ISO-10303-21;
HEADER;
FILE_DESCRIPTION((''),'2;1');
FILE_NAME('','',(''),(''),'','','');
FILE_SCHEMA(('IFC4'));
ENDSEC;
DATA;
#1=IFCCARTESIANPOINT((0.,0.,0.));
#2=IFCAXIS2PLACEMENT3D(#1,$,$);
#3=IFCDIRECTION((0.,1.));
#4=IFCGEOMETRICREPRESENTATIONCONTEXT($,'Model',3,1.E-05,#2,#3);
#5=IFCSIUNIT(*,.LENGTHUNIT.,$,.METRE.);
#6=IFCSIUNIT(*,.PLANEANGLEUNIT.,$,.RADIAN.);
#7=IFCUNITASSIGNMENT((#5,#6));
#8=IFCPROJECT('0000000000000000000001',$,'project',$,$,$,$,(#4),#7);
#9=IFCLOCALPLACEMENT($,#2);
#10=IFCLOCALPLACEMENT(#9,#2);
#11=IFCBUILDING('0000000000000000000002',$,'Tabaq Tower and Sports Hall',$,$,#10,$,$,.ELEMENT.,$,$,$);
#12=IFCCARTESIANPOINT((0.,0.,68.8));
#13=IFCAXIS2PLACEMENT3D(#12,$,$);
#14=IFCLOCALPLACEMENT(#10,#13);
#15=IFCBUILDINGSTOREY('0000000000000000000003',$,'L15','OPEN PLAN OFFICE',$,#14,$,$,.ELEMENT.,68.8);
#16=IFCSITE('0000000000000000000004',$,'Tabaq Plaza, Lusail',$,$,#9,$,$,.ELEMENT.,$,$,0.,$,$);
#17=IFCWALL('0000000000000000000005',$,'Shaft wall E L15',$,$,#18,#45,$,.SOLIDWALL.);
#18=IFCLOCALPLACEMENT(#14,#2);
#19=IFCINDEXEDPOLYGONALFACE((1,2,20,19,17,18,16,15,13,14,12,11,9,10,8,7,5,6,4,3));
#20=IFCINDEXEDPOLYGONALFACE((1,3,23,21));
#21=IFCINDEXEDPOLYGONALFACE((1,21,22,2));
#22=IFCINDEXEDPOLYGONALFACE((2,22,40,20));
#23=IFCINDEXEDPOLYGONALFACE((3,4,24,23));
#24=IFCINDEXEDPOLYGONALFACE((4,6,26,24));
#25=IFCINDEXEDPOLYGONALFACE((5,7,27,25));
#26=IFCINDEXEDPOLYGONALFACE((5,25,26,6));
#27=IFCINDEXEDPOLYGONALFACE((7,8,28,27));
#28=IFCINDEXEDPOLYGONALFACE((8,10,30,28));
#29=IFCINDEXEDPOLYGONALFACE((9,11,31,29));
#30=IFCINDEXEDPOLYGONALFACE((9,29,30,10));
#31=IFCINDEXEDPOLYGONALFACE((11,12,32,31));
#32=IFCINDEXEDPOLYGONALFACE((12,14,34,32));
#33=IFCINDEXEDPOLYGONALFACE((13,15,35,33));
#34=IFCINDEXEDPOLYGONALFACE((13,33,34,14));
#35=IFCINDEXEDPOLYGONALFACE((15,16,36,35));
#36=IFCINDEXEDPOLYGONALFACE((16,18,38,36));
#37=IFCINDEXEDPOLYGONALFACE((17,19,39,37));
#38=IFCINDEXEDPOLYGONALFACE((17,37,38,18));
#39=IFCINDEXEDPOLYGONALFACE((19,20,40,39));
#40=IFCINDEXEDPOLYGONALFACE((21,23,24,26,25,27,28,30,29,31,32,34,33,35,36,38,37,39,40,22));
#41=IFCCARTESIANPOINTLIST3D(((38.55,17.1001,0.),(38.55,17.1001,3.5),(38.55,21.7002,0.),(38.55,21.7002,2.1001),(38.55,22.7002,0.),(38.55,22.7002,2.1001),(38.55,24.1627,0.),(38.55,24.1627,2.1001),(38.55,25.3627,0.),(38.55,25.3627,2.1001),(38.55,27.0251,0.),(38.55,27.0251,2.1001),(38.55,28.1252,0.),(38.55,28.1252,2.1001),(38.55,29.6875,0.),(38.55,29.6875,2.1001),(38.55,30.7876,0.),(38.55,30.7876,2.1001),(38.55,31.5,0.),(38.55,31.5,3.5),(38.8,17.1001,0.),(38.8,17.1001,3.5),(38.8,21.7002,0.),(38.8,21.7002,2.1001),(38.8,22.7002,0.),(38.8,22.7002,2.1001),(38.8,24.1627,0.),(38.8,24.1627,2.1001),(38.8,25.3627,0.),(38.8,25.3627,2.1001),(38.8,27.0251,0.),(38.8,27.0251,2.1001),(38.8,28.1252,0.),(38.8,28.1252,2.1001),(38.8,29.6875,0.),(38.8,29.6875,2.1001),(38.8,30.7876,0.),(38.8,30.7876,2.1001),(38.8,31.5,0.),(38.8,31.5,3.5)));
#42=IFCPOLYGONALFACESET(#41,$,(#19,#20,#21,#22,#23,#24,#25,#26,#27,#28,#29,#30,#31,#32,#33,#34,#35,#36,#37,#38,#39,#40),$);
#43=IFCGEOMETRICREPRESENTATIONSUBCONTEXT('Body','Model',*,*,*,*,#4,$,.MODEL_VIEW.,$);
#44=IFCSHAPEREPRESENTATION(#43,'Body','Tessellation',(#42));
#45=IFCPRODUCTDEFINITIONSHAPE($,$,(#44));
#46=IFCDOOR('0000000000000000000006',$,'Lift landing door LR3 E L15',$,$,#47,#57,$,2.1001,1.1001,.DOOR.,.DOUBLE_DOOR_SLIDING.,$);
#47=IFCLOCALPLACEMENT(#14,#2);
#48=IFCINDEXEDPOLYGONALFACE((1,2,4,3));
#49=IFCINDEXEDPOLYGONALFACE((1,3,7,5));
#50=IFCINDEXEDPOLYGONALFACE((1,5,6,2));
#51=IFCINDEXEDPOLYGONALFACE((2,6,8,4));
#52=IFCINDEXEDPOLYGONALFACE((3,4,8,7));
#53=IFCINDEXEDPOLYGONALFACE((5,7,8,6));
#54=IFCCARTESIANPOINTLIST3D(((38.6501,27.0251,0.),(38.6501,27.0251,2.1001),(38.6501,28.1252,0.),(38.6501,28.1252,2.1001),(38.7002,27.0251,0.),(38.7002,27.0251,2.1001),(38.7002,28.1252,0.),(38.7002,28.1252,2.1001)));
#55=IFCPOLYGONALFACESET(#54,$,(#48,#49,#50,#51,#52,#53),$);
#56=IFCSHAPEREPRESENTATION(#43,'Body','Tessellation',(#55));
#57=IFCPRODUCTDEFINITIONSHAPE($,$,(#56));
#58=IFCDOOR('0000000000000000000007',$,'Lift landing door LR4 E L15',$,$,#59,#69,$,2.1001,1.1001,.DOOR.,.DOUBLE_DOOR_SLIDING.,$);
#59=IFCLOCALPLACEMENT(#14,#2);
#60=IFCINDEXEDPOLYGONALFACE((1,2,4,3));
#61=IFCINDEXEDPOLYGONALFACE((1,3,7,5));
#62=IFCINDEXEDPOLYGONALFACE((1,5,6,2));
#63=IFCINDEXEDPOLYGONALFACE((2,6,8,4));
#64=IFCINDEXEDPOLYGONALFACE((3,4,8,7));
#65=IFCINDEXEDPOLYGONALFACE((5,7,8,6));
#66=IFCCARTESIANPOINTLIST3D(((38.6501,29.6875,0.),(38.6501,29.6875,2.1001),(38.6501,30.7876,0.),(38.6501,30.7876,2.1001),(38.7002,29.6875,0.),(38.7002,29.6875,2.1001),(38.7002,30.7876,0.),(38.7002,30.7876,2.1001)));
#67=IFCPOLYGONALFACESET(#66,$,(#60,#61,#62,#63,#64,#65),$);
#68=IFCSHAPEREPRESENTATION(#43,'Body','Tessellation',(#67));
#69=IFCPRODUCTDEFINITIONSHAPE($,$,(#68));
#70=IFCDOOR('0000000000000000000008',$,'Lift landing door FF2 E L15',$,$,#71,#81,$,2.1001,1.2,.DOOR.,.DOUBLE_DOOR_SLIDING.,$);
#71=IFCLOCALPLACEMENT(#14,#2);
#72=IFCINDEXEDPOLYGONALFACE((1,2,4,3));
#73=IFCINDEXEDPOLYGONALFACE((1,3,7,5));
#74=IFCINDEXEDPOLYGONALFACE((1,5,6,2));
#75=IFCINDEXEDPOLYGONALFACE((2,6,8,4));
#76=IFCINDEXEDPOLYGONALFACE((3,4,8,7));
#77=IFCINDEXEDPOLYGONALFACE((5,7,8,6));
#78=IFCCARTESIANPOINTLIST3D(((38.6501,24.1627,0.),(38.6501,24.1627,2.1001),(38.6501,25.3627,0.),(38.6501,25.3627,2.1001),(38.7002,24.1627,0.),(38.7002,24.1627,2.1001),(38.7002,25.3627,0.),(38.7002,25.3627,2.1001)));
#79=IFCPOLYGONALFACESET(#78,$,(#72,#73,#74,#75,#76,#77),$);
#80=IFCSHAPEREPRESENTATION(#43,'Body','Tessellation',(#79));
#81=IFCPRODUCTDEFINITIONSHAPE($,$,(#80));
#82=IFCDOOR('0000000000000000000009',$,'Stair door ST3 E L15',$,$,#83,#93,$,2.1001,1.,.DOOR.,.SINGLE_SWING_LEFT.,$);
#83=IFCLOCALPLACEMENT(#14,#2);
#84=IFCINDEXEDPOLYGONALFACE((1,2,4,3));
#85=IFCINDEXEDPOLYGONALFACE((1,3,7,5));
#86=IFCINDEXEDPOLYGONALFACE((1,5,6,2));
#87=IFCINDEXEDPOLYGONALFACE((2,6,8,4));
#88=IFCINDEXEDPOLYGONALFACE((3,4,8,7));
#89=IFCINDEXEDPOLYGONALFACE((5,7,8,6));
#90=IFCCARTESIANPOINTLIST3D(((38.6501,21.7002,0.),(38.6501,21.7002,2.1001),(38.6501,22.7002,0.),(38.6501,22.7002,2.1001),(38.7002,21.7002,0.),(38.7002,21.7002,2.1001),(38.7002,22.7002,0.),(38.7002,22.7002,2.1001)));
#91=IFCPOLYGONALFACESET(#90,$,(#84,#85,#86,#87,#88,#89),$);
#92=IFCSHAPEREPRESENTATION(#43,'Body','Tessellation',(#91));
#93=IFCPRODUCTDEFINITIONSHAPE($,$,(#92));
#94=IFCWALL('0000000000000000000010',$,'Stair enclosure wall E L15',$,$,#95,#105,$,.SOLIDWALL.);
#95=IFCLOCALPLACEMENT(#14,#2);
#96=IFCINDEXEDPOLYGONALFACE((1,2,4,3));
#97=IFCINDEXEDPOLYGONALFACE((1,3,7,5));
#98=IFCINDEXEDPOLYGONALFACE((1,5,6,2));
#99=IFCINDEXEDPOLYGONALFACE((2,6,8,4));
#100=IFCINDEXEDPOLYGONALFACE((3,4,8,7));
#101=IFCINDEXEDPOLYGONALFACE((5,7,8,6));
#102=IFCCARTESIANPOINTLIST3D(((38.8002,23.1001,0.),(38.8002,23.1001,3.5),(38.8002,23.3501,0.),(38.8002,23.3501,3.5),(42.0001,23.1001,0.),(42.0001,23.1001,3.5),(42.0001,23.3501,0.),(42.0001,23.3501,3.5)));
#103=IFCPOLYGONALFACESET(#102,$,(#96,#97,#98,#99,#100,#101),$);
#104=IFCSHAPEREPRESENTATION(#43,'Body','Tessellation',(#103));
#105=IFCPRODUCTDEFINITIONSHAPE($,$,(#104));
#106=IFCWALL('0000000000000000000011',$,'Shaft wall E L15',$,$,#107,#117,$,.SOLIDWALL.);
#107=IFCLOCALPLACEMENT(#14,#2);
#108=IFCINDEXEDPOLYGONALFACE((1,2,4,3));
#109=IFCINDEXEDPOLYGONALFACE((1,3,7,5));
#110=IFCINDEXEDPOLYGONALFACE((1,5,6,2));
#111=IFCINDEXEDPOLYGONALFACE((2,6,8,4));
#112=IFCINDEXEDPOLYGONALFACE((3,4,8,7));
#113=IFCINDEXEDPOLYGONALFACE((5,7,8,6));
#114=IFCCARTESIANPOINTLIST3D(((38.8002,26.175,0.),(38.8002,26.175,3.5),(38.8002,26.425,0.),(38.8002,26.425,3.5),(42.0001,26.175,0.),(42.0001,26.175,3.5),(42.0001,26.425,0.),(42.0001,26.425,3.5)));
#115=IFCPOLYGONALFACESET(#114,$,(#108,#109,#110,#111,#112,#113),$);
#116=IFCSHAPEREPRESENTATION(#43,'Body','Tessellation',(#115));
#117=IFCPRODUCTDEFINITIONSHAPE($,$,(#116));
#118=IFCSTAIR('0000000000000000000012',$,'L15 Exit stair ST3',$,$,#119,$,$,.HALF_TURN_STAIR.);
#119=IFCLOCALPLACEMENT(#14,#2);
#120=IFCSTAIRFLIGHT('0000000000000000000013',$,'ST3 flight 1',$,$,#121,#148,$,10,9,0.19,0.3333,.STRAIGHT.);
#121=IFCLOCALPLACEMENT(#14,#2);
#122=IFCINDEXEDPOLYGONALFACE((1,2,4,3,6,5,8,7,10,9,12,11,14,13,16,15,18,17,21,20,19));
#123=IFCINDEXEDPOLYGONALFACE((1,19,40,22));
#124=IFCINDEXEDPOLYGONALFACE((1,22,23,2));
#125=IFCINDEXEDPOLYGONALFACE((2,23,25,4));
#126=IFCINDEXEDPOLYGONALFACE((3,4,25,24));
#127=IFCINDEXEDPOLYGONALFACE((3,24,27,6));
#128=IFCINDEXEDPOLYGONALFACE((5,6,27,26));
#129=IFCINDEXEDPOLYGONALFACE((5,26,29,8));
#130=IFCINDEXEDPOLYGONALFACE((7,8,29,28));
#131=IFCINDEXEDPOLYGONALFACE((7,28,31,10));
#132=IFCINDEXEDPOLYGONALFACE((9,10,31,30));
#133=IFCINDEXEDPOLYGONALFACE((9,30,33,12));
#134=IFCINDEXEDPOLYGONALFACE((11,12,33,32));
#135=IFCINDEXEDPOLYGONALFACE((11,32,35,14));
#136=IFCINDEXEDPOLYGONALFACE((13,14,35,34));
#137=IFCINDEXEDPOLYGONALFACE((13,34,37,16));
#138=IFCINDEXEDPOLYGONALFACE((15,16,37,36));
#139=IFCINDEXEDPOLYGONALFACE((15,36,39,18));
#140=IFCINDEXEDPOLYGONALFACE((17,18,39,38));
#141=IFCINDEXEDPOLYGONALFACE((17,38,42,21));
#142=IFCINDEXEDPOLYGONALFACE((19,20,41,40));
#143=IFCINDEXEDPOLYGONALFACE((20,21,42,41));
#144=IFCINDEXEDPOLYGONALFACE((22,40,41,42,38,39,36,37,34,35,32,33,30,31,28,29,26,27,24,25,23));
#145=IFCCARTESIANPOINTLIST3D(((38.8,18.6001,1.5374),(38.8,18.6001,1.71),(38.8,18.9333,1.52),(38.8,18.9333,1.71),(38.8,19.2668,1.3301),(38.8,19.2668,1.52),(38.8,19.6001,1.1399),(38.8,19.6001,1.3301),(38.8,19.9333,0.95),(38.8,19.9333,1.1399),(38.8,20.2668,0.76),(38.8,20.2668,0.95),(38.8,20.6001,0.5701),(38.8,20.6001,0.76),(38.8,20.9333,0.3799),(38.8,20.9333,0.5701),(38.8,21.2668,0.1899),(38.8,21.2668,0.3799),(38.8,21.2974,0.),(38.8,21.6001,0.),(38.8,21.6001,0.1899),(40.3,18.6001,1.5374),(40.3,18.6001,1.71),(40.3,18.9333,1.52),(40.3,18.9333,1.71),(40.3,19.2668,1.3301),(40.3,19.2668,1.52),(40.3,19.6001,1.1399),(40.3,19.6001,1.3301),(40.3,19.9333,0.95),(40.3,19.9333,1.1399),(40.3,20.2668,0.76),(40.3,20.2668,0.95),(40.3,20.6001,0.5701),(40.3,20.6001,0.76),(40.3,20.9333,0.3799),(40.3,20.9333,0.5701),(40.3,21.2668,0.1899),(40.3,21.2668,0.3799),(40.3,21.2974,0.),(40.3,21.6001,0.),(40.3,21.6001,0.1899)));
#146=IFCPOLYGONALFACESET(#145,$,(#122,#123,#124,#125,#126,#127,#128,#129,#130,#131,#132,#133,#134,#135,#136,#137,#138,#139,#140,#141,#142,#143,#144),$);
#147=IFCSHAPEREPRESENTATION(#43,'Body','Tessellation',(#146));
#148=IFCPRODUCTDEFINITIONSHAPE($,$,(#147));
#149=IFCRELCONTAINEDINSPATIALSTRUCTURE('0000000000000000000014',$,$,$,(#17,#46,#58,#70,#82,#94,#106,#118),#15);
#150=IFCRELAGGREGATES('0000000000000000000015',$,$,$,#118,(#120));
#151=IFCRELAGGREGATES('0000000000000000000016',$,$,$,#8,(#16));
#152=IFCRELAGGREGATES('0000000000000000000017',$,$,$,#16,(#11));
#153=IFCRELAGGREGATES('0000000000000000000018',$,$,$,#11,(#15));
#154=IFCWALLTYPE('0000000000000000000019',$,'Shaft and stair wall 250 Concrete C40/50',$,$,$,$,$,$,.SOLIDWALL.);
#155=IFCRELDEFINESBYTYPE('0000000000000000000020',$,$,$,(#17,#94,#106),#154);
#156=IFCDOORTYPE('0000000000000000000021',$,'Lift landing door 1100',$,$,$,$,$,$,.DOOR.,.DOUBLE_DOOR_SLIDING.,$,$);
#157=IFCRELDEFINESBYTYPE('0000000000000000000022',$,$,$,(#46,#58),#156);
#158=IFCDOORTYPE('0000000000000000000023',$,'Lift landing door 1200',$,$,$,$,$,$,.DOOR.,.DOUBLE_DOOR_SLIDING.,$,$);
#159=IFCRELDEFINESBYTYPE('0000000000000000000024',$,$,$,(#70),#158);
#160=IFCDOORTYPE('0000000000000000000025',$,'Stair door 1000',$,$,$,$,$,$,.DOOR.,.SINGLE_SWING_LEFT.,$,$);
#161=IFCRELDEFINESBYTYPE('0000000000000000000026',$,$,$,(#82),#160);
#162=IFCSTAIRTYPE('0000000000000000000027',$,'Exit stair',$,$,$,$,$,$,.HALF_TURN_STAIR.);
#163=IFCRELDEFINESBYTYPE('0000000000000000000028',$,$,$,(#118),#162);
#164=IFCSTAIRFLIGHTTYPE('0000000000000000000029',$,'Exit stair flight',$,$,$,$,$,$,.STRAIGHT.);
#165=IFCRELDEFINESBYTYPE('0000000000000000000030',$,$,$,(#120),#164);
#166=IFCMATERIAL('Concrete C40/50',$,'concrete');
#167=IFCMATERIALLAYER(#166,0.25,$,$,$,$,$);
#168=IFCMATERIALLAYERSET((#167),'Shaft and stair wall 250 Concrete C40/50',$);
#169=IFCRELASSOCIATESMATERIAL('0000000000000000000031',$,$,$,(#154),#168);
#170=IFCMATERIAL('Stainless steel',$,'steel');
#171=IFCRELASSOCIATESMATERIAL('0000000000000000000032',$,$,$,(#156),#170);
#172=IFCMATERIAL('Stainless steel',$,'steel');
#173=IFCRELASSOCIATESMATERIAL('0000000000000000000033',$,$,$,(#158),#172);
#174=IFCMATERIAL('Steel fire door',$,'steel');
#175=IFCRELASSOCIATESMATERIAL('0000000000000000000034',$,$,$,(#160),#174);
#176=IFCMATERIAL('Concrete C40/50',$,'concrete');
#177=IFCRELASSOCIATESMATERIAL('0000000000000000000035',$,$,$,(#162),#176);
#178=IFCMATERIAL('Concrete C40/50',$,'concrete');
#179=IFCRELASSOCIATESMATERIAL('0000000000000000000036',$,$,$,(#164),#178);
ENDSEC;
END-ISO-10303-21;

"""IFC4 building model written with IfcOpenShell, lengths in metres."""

from ifc_helpers import new_model, si_unit, direction, frame, frame_2d, origin, place, context, subcontext, project, spatial, polyline, rectangle, outline, extrude, material, layer, layer_set, type_object, element, fill, aggregate, save


model = new_model("IFC4")

# Units and contexts
model_context = context("Model", 3, precision=1e-05, world=origin(), true_north=direction((0.0, 1.0)))
body_context = subcontext(model_context, "Body", "Model", "MODEL_VIEW")
ifc_project = project(units=[si_unit("LENGTHUNIT", "METRE"), si_unit("PLANEANGLEUNIT", "RADIAN")], contexts=[model_context])

# Site, building, storey
site_placement = place(None, origin())
site = spatial("IfcSite", under=ifc_project, at=site_placement, Name="Tabaq Plaza, Lusail", CompositionType="ELEMENT", RefElevation=0.0)
building_placement = place(site_placement, origin())
building = spatial("IfcBuilding", under=site, at=building_placement, Name="Tabaq Tower and Sports Hall", CompositionType="ELEMENT")
storey_placement = place(building_placement, frame((0.0, 0.0, 68.8)))
storey = spatial("IfcBuildingStorey", under=building, at=storey_placement, Name="L15", Description="OPEN PLAN OFFICE", CompositionType="ELEMENT", Elevation=68.8)

# Wall, openings, doors
ifc_material_1 = material(Name="Concrete C40/50", Category="concrete")
ifc_layer_1 = layer(ifc_material_1, 0.25)
ifc_layer_set_1 = layer_set([ifc_layer_1], Name="Shaft and stair wall 250 Concrete C40/50")
wall_type_1 = type_object("IfcWallType", Name="Shaft and stair wall 250 Concrete C40/50", PredefinedType="SOLIDWALL", material=ifc_layer_set_1)
wall_1_placement = place(storey_placement, frame((38.675, 17.1001, 0.0), z_axis=(0.0, 0.0, 1.0), x_axis=(0.0, 1.0, 0.0)))
wall_1 = element("IfcWall", 1, at=wall_1_placement, inside=storey, type_object=wall_type_1, Name="Shaft wall E L15", PredefinedType="SOLIDWALL", context=body_context, shape_type="SweptSolid", body=[
    extrude(rectangle(XDim=14.3999, YDim=0.25, at=frame_2d((7.2, 0.0))), origin(), (0.0, 0.0, 1.0), 3.5),
])
opening_1_placement = place(wall_1_placement, frame((4.6001, 0.0, 0.0)))
opening_1 = element("IfcOpeningElement", 2, at=opening_1_placement, cuts=wall_1, PredefinedType="OPENING", context=body_context, shape_type="SweptSolid", body=[
    extrude(rectangle(XDim=1.0, YDim=2.1001, at=frame_2d((0.5, 1.05))), frame((0.0, 0.125, 0.0), z_axis=(0.0, -1.0, 0.0), x_axis=(1.0, 0.0, 0.0)), (0.0, 0.0, 1.0), 0.25),
])
opening_2_placement = place(wall_1_placement, frame((7.0625, 0.0, 0.0)))
opening_2 = element("IfcOpeningElement", 3, at=opening_2_placement, cuts=wall_1, PredefinedType="OPENING", context=body_context, shape_type="SweptSolid", body=[
    extrude(rectangle(XDim=1.2, YDim=2.1001, at=frame_2d((0.6001, 1.05))), frame((0.0, 0.125, 0.0), z_axis=(0.0, -1.0, 0.0), x_axis=(1.0, 0.0, 0.0)), (0.0, 0.0, 1.0), 0.25),
])
opening_3_placement = place(wall_1_placement, frame((9.925, 0.0, 0.0)))
opening_3 = element("IfcOpeningElement", 4, at=opening_3_placement, cuts=wall_1, PredefinedType="OPENING", context=body_context, shape_type="SweptSolid", body=[
    extrude(rectangle(XDim=1.1001, YDim=2.1001, at=frame_2d((0.55, 1.05))), frame((0.0, 0.125, 0.0), z_axis=(0.0, -1.0, 0.0), x_axis=(1.0, 0.0, 0.0)), (0.0, 0.0, 1.0), 0.25),
])
opening_4_placement = place(wall_1_placement, frame((12.5874, 0.0, 0.0)))
opening_4 = element("IfcOpeningElement", 5, at=opening_4_placement, cuts=wall_1, PredefinedType="OPENING", context=body_context, shape_type="SweptSolid", body=[
    extrude(rectangle(XDim=1.1001, YDim=2.1001, at=frame_2d((0.55, 1.05))), frame((0.0, 0.125, 0.0), z_axis=(0.0, -1.0, 0.0), x_axis=(1.0, 0.0, 0.0)), (0.0, 0.0, 1.0), 0.25),
])
ifc_material_2 = material(Name="Stainless steel", Category="steel")
door_type_1 = type_object("IfcDoorType", Name="Lift landing door 1100", OperationType="DOUBLE_DOOR_SLIDING", PredefinedType="DOOR", material=ifc_material_2)
door_1_placement = place(opening_3_placement, origin())
door_1 = element("IfcDoor", 6, at=door_1_placement, inside=storey, type_object=door_type_1, Name="Lift landing door LR3 E L15", OperationType="DOUBLE_DOOR_SLIDING", OverallHeight=2.1001, OverallWidth=1.1001, PredefinedType="DOOR", context=body_context, shape_type="SweptSolid", body=[
    extrude(rectangle(XDim=1.1001, YDim=2.1001, at=frame_2d((0.55, 1.05))), frame((0.0, 0.0249, 0.0), z_axis=(0.0, -1.0, 0.0), x_axis=(1.0, 0.0, 0.0)), (0.0, 0.0, 1.0), 0.05),
])
fill(opening_3, door_1)
door_2_placement = place(opening_4_placement, origin())
door_2 = element("IfcDoor", 7, at=door_2_placement, inside=storey, type_object=door_type_1, Name="Lift landing door LR4 E L15", OperationType="DOUBLE_DOOR_SLIDING", OverallHeight=2.1001, OverallWidth=1.1001, PredefinedType="DOOR", context=body_context, shape_type="SweptSolid", body=[
    extrude(rectangle(XDim=1.1001, YDim=2.1001, at=frame_2d((0.55, 1.05))), frame((0.0, 0.0249, 0.0), z_axis=(0.0, -1.0, 0.0), x_axis=(1.0, 0.0, 0.0)), (0.0, 0.0, 1.0), 0.05),
])
fill(opening_4, door_2)
ifc_material_3 = material(Name="Stainless steel", Category="steel")
door_type_2 = type_object("IfcDoorType", Name="Lift landing door 1200", OperationType="DOUBLE_DOOR_SLIDING", PredefinedType="DOOR", material=ifc_material_3)
door_3_placement = place(opening_2_placement, origin())
door_3 = element("IfcDoor", 8, at=door_3_placement, inside=storey, type_object=door_type_2, Name="Lift landing door FF2 E L15", OperationType="DOUBLE_DOOR_SLIDING", OverallHeight=2.1001, OverallWidth=1.2, PredefinedType="DOOR", context=body_context, shape_type="SweptSolid", body=[
    extrude(rectangle(XDim=1.2, YDim=2.1001, at=frame_2d((0.6001, 1.05))), frame((0.0, 0.0249, 0.0), z_axis=(0.0, -1.0, 0.0), x_axis=(1.0, 0.0, 0.0)), (0.0, 0.0, 1.0), 0.05),
])
fill(opening_2, door_3)
ifc_material_4 = material(Name="Steel fire door", Category="steel")
door_type_3 = type_object("IfcDoorType", Name="Stair door 1000", OperationType="SINGLE_SWING_LEFT", PredefinedType="DOOR", material=ifc_material_4)
door_4_placement = place(opening_1_placement, origin())
door_4 = element("IfcDoor", 9, at=door_4_placement, inside=storey, type_object=door_type_3, Name="Stair door ST3 E L15", OperationType="SINGLE_SWING_LEFT", OverallHeight=2.1001, OverallWidth=1.0, PredefinedType="DOOR", context=body_context, shape_type="SweptSolid", body=[
    extrude(rectangle(XDim=1.0, YDim=2.1001, at=frame_2d((0.5, 1.05))), frame((0.0, 0.0249, 0.0), z_axis=(0.0, -1.0, 0.0), x_axis=(1.0, 0.0, 0.0)), (0.0, 0.0, 1.0), 0.05),
])
fill(opening_1, door_4)

# Walls
for number, where, z_axis, x_axis, name in (
    (10, (38.8, 23.2251, 0.0), (0.0, 0.0, 1.0), (1.0, 0.0, 0.0), "Stair enclosure wall E L15"),
    (11, (38.8, 26.3, 0.0), (0.0, 0.0, 1.0), (1.0, 0.0, 0.0), "Shaft wall E L15"),
):
    element("IfcWall", number, at=place(storey_placement, frame(where, z_axis=z_axis, x_axis=x_axis)), inside=storey, type_object=wall_type_1, Name=name, PredefinedType="SOLIDWALL", context=body_context, shape_type="SweptSolid", body=[
        extrude(rectangle(XDim=3.2, YDim=0.25, at=frame_2d((1.6001, 0.0))), origin(), (0.0, 0.0, 1.0), 3.5),
    ])

# Stair, stair flight
ifc_material_5 = material(Name="Concrete C40/50", Category="concrete")
stair_type = type_object("IfcStairType", Name="Exit stair", PredefinedType="HALF_TURN_STAIR", material=ifc_material_5)
stair_placement = place(storey_placement, origin())
stair = element("IfcStair", 12, at=stair_placement, inside=storey, type_object=stair_type, Name="L15 Exit stair ST3", PredefinedType="HALF_TURN_STAIR")
ifc_material_6 = material(Name="Concrete C40/50", Category="concrete")
stair_flight_type = type_object("IfcStairFlightType", Name="Exit stair flight", PredefinedType="STRAIGHT", material=ifc_material_6)
stair_flight_1_placement = place(storey_placement, frame((39.55, 21.6001, 0.0), z_axis=(0.0, 0.0, 1.0), x_axis=(0.0, -1.0, 0.0)))
stair_flight_1 = element("IfcStairFlight", 13, at=stair_flight_1_placement, type_object=stair_flight_type, Name="ST3 flight 1", NumberOfRisers=10, NumberOfTreads=9, PredefinedType="STRAIGHT", RiserHeight=0.19, TreadLength=0.3333, context=body_context, shape_type="SweptSolid", body=[
    extrude(outline(polyline([(0.0, 0.0), (0.0, 0.1899), (0.3333, 0.1899), (0.3333, 0.3799), (0.6667, 0.3799), (0.6667, 0.5701), (1.0, 0.5701), (1.0, 0.76), (1.3333, 0.76), (1.3333, 0.95), (1.6667, 0.95), (1.6667, 1.1399), (2.0, 1.1399), (2.0, 1.3301), (2.3333, 1.3301), (2.3333, 1.52), (2.6667, 1.52), (2.6667, 1.71), (3.0, 1.71), (3.0, 1.8999), (3.0, 1.5374), (0.3027, 0.0), (0.0, 0.0)])), frame((0.0, 0.75, 0.0), z_axis=(0.0, -1.0, 0.0), x_axis=(1.0, 0.0, 0.0)), (0.0, 0.0, 1.0), 1.5),
])
aggregate(stair, [stair_flight_1])

save(model, "model.ifc")
